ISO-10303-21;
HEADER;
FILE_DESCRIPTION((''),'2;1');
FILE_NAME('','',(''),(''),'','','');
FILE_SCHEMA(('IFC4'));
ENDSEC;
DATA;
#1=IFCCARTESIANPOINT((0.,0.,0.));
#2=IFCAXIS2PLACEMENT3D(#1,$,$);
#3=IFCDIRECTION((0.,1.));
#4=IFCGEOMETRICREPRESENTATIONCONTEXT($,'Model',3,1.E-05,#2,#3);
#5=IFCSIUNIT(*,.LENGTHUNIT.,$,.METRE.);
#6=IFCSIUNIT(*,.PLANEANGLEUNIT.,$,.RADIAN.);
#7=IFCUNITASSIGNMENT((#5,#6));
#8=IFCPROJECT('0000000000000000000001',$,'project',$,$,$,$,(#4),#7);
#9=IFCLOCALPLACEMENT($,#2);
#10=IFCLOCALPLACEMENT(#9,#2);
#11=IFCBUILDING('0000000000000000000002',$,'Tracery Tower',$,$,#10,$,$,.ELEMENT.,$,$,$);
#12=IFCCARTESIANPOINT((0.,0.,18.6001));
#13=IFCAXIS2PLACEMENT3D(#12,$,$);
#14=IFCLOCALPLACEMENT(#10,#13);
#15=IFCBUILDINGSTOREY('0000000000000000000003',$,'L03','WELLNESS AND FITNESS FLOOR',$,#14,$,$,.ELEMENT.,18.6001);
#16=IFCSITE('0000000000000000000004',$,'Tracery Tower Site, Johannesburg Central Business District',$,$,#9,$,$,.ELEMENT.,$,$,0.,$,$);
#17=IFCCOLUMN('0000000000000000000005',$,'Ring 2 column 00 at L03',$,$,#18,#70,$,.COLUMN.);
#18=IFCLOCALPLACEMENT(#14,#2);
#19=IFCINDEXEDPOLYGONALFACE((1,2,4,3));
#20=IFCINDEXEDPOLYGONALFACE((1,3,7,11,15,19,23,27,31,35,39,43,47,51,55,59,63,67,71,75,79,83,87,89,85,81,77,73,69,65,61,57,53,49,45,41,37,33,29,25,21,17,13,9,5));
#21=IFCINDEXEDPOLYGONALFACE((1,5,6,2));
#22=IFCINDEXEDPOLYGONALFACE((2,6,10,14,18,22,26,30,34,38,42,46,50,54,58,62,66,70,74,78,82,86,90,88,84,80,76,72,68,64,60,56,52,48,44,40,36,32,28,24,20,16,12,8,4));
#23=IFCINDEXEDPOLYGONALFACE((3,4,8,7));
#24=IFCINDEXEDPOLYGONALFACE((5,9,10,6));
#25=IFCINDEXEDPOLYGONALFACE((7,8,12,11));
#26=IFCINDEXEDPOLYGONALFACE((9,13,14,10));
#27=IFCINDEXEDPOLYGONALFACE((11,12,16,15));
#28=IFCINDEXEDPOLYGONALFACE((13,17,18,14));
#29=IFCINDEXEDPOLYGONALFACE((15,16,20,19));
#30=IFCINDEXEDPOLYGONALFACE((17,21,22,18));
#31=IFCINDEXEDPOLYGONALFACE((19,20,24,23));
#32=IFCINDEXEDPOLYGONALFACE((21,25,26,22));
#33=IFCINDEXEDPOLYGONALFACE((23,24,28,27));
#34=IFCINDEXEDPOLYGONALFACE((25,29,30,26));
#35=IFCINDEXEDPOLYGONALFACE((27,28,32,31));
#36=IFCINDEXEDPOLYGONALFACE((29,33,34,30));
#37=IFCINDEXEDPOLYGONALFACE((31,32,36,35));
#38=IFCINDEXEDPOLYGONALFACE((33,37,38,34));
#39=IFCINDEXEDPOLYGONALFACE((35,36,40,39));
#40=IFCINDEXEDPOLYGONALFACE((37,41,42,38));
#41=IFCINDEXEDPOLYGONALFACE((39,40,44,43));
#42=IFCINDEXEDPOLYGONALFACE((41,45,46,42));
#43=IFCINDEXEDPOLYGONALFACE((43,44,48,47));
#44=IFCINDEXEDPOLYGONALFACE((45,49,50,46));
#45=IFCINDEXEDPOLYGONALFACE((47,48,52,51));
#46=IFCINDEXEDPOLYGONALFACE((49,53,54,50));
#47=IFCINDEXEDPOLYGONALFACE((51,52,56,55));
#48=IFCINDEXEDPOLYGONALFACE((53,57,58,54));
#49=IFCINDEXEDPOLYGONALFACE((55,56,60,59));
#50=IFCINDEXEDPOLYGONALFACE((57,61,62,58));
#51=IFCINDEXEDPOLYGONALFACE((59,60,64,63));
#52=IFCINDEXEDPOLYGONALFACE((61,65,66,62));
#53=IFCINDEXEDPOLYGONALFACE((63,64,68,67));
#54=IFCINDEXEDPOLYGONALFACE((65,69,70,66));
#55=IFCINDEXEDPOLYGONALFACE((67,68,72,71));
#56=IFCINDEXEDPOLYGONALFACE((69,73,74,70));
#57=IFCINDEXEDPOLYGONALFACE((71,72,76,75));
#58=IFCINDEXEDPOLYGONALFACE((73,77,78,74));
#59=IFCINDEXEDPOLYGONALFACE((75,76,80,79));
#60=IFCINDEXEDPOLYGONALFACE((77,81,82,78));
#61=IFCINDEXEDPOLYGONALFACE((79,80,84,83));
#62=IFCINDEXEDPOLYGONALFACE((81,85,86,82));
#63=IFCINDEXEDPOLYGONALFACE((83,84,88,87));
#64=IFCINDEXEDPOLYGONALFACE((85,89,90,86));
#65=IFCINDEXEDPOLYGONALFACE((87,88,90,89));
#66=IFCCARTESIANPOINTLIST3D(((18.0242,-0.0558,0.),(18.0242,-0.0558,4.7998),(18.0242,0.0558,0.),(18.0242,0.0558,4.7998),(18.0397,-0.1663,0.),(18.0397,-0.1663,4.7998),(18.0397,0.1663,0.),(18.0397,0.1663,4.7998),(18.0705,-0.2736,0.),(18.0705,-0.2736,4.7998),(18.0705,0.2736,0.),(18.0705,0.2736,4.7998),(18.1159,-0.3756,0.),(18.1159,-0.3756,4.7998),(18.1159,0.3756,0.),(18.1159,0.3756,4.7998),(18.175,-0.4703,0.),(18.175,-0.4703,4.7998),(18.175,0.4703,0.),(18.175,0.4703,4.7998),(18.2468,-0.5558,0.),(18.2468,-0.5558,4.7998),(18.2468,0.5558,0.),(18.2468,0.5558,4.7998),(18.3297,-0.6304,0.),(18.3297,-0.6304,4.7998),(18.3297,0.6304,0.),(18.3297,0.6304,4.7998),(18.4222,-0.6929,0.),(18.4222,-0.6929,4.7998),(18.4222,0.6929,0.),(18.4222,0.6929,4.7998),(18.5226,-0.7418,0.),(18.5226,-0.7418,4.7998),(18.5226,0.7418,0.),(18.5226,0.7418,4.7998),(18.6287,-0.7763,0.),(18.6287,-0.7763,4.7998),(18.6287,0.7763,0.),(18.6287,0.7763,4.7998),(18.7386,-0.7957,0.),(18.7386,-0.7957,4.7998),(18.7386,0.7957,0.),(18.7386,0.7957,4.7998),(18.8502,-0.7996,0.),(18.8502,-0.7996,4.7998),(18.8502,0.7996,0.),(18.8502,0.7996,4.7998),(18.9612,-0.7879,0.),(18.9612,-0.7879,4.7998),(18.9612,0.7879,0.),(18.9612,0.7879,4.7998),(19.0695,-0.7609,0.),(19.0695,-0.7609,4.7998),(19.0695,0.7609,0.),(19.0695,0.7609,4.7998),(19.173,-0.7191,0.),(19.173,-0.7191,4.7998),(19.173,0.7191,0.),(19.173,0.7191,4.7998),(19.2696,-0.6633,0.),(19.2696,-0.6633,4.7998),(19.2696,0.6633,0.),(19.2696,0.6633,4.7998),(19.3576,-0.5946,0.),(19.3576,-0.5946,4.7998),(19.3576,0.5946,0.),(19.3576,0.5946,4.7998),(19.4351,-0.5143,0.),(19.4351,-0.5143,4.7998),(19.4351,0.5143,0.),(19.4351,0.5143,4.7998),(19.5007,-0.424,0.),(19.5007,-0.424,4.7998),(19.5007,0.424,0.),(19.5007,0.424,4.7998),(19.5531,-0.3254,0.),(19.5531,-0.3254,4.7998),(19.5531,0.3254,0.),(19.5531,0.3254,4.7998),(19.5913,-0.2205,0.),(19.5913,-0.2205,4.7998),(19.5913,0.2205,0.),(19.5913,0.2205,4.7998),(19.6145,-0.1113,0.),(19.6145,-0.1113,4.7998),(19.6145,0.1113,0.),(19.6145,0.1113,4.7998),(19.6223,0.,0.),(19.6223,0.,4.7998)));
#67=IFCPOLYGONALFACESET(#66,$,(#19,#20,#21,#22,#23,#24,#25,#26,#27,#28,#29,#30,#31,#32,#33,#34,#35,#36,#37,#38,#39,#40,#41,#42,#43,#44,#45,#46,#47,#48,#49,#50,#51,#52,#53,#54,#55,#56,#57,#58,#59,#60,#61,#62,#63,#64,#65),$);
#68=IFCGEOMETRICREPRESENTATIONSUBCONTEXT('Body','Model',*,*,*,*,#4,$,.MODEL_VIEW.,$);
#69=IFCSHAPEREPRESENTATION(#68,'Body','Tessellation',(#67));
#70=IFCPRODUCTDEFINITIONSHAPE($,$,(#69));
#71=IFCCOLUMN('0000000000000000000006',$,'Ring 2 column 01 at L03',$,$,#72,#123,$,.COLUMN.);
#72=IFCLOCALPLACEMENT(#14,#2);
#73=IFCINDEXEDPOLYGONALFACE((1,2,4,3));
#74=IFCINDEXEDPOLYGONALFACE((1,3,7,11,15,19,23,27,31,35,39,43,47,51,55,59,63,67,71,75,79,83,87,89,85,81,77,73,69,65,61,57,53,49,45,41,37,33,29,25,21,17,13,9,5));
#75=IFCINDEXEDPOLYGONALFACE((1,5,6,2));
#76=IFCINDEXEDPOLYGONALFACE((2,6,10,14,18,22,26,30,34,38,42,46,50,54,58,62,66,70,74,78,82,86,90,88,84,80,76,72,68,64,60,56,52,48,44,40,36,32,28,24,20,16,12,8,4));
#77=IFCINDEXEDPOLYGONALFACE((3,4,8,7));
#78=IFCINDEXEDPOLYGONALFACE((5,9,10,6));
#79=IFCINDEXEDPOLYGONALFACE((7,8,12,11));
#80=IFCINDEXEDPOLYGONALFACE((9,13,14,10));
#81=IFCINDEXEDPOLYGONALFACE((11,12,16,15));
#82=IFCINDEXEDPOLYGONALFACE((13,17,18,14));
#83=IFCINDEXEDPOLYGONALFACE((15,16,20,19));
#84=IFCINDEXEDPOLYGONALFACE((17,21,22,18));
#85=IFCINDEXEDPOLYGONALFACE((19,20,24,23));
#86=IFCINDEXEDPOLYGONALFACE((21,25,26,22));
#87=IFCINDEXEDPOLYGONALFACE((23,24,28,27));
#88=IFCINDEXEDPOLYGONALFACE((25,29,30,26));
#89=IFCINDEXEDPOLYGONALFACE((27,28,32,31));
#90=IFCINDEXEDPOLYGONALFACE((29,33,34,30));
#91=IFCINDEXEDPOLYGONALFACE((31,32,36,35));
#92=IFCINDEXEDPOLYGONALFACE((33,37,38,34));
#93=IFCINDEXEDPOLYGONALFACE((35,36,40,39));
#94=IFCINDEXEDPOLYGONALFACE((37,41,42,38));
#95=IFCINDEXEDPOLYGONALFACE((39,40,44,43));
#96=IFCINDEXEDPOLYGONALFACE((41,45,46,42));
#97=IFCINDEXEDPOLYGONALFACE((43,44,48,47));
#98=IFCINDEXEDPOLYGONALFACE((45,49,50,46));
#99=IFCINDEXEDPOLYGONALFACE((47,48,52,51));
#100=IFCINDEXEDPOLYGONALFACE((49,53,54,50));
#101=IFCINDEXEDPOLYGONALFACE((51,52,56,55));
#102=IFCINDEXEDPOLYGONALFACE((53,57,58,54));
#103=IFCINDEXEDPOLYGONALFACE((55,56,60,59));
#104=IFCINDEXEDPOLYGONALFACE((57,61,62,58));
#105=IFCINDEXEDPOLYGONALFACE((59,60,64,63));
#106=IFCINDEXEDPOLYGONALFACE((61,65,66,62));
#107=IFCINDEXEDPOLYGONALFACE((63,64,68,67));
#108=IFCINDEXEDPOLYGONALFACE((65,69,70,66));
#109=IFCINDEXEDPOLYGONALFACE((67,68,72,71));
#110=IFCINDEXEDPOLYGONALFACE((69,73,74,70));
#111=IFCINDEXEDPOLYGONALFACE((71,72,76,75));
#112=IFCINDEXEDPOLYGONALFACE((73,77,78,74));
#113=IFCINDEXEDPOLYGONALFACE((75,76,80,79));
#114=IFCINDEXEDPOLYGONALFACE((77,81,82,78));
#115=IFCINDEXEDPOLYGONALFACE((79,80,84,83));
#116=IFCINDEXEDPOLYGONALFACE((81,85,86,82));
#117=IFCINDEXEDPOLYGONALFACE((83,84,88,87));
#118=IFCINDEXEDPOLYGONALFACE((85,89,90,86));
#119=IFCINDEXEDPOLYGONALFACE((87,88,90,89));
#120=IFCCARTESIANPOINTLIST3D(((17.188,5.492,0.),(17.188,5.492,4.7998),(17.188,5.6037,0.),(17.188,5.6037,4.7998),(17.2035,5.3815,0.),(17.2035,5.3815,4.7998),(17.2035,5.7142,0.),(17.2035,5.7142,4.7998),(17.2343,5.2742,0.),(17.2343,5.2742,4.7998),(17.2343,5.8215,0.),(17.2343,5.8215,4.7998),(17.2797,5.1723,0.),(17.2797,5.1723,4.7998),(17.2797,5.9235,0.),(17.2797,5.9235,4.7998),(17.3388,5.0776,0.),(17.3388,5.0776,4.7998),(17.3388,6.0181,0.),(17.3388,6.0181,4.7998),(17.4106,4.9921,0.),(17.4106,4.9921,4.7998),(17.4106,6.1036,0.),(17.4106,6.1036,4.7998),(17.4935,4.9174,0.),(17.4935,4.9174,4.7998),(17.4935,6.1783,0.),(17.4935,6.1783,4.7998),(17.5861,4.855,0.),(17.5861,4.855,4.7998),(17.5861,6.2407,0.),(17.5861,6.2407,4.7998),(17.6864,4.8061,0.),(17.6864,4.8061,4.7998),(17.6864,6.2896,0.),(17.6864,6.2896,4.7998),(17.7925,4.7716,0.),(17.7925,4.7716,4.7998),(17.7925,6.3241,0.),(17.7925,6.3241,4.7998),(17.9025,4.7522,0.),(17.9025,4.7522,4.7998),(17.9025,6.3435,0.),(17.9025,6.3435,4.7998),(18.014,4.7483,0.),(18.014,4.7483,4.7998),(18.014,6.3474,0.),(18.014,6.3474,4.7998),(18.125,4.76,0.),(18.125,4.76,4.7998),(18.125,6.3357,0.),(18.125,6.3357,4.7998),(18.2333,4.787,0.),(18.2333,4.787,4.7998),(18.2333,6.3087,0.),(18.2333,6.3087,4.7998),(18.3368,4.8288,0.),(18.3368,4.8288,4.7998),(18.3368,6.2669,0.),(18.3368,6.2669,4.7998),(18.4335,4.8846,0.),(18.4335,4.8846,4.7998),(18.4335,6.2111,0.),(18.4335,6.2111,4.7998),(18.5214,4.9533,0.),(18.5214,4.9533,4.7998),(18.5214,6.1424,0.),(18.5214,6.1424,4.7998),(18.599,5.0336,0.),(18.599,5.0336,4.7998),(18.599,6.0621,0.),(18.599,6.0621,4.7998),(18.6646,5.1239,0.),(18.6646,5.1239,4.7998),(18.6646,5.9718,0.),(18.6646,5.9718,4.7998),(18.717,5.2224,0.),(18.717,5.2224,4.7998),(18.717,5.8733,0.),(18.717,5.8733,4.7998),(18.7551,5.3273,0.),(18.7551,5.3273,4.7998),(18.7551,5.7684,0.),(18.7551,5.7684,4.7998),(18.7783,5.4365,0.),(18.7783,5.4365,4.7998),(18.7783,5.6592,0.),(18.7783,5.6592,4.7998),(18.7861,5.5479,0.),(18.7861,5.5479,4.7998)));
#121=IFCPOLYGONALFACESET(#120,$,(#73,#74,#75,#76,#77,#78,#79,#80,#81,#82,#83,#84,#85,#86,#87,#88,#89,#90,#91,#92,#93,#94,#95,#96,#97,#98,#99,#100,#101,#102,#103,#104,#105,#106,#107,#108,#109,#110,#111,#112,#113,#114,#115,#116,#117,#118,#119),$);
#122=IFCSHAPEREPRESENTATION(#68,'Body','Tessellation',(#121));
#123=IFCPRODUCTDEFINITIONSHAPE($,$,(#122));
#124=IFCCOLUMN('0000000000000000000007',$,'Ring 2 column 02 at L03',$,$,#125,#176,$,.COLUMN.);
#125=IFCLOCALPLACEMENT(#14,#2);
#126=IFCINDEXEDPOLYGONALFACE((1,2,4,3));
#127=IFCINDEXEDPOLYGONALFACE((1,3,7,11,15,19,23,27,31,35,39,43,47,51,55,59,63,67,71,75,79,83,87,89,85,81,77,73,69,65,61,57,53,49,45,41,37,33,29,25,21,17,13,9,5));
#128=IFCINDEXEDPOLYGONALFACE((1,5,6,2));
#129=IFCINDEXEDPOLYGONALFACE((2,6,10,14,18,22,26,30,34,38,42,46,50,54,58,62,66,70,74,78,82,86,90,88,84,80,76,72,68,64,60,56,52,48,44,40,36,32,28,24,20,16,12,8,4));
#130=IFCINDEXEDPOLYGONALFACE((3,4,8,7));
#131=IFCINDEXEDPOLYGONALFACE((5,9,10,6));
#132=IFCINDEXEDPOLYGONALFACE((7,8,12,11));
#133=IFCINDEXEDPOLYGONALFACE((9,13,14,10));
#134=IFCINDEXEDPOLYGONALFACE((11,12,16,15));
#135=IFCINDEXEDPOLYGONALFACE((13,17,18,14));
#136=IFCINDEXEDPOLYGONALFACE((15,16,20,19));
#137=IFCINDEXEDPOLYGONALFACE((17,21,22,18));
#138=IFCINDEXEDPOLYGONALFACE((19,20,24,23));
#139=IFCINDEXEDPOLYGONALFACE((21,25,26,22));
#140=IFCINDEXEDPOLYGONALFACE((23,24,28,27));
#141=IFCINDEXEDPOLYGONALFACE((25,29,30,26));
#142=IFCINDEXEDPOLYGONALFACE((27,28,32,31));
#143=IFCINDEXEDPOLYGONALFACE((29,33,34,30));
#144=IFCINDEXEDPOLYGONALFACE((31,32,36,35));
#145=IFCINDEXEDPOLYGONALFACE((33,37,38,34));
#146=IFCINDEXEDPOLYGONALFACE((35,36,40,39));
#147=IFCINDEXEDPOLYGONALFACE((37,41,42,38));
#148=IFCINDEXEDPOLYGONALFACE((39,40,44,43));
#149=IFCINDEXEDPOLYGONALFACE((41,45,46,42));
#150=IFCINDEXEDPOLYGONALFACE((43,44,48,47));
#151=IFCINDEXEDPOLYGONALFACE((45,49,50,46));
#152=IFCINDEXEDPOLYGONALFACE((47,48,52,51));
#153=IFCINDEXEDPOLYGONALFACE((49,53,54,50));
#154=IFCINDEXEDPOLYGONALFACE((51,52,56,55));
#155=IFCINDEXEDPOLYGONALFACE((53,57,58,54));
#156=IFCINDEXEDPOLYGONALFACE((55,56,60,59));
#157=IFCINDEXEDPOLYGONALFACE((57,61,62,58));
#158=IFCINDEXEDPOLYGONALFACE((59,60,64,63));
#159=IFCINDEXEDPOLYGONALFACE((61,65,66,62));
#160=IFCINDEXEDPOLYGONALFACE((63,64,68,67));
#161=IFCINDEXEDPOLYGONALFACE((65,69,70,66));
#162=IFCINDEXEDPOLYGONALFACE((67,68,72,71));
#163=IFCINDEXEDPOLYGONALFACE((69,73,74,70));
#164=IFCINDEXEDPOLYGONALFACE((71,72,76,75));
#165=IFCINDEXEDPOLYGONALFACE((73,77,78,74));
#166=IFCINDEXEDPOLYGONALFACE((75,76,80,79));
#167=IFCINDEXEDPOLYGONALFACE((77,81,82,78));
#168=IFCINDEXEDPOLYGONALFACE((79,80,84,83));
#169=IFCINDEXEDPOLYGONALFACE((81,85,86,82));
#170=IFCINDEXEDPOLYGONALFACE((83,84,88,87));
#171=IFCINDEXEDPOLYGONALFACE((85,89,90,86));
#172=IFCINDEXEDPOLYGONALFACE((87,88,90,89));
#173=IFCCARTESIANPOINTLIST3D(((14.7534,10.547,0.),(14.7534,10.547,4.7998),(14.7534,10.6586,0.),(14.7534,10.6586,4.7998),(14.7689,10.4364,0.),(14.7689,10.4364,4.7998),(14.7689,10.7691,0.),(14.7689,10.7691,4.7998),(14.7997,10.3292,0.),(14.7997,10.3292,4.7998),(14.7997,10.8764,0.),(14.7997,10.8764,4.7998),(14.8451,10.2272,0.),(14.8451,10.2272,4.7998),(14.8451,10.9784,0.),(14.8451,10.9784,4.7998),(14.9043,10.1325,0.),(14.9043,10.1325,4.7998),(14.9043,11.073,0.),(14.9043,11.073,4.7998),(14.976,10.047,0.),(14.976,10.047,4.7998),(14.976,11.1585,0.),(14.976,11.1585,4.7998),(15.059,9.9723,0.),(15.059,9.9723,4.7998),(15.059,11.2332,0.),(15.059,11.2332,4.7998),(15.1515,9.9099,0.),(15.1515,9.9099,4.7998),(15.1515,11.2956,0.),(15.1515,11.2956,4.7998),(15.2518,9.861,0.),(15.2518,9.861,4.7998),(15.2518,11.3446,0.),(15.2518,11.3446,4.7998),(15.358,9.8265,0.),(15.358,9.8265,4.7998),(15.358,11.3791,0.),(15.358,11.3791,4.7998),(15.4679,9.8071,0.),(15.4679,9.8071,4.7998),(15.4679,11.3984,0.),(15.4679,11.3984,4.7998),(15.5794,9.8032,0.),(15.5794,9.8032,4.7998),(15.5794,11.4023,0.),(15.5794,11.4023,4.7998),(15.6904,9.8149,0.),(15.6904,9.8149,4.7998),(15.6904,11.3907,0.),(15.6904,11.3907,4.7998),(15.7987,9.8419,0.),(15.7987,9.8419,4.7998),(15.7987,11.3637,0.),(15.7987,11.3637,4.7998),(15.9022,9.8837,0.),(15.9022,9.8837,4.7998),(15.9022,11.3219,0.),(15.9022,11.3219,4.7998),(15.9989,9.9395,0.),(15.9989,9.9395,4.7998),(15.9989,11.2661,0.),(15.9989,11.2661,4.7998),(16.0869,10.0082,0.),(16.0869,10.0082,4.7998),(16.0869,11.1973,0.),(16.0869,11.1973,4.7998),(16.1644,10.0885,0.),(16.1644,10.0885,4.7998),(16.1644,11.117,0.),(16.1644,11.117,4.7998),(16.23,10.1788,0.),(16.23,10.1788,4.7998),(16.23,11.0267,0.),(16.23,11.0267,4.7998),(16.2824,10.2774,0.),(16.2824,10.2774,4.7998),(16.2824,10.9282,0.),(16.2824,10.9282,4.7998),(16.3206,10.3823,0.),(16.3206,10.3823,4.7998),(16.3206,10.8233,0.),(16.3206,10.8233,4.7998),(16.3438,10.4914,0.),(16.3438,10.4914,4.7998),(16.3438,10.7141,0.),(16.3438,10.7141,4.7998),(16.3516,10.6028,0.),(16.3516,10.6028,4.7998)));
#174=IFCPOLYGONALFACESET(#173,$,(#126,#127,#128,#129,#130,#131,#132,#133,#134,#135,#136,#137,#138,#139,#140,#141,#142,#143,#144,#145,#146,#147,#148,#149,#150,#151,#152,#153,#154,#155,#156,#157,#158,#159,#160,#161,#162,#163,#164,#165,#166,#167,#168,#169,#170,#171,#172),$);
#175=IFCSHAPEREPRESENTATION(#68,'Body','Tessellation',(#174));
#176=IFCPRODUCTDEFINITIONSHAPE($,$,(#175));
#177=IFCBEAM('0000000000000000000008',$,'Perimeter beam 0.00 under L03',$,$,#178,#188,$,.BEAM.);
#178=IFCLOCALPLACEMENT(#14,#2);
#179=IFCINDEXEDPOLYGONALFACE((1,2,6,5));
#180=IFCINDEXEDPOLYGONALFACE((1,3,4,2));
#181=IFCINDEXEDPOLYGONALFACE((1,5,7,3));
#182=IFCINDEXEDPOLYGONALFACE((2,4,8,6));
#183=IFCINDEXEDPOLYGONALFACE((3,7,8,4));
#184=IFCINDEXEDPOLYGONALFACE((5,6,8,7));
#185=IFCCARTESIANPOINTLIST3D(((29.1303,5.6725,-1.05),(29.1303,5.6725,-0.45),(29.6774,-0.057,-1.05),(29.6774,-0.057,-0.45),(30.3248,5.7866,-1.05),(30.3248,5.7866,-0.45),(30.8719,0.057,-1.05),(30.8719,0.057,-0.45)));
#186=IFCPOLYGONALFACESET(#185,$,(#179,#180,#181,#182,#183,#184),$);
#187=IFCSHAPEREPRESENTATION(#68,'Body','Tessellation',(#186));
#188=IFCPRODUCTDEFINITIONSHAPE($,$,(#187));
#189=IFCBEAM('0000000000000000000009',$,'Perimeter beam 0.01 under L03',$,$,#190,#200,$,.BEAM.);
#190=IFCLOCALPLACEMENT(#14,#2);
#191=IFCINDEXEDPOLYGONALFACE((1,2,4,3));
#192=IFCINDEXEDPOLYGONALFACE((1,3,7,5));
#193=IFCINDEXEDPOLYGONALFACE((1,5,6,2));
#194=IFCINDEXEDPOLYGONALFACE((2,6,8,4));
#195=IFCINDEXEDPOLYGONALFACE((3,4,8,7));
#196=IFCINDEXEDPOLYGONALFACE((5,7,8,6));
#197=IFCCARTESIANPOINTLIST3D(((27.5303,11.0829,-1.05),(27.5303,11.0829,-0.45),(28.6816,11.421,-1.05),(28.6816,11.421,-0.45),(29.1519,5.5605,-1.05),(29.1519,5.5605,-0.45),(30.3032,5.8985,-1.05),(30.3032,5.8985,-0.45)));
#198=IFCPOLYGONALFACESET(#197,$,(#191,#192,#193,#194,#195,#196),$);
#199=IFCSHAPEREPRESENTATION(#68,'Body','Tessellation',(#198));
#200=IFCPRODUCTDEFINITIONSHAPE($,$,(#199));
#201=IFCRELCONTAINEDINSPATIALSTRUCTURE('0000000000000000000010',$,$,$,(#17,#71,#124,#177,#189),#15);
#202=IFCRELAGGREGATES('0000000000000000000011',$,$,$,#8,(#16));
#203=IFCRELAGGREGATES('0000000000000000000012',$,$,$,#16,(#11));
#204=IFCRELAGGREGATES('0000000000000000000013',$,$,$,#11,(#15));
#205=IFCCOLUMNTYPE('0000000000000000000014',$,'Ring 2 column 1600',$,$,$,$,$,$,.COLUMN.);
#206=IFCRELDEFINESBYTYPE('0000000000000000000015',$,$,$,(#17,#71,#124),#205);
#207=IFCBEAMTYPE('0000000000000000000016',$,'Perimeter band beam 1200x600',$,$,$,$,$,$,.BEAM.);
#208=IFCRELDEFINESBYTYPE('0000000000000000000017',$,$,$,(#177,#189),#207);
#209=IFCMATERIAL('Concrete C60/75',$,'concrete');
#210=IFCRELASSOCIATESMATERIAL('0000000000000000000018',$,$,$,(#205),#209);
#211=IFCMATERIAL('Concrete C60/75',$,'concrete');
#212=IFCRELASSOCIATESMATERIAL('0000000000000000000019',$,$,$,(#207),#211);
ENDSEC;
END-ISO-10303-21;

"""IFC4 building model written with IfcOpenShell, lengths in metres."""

from ifc_helpers import new_model, si_unit, direction, frame, origin, origin_2d, place, context, subcontext, project, spatial, rectangle, circle, extrude, material, material_profile, profile_set, type_object, element, save


model = new_model("IFC4")

# Units and contexts
model_context = context("Model", 3, precision=1e-05, world=origin(), true_north=direction((0.0, 1.0)))
body_context = subcontext(model_context, "Body", "Model", "MODEL_VIEW")
ifc_project = project(units=[si_unit("LENGTHUNIT", "METRE"), si_unit("PLANEANGLEUNIT", "RADIAN")], contexts=[model_context])

# Site, building, storey
site_placement = place(None, origin())
site = spatial("IfcSite", under=ifc_project, at=site_placement, Name="Tracery Tower Site, Johannesburg Central Business District", CompositionType="ELEMENT", RefElevation=0.0)
building_placement = place(site_placement, origin())
building = spatial("IfcBuilding", under=site, at=building_placement, Name="Tracery Tower", CompositionType="ELEMENT")
storey_placement = place(building_placement, frame((0.0, 0.0, 18.6001)))
storey = spatial("IfcBuildingStorey", under=building, at=storey_placement, Name="L03", Description="WELLNESS AND FITNESS FLOOR", CompositionType="ELEMENT", Elevation=18.6001)

# Columns
ifc_material_1 = material(Name="Concrete C60/75", Category="concrete")
ifc_material_profile_1 = material_profile(ifc_material_1, circle(Radius=0.8, at=origin_2d()), Name="RC D1600")
ifc_profile_set_1 = profile_set([ifc_material_profile_1], Name="Concrete C60/75")
column_type_1 = type_object("IfcColumnType", Name="Ring 2 column 1600", PredefinedType="COLUMN", material=ifc_profile_set_1)
for number, where, z_axis, x_axis, name in (
    (1, (18.8223, 0.0, 0.0), (0.0, 0.0, 1.0), (1.0, 0.0, 0.0), "Ring 2 column 00 at L03"),
    (2, (17.9861, 5.5479, 0.0), (0.0, 0.0, 1.0), (1.0, 0.0, 0.0), "Ring 2 column 01 at L03"),
    (3, (15.5515, 10.6028, 0.0), (0.0, 0.0, 1.0), (1.0, 0.0, 0.0), "Ring 2 column 02 at L03"),
):
    element("IfcColumn", number, at=place(storey_placement, frame(where, z_axis=z_axis, x_axis=x_axis)), inside=storey, type_object=column_type_1, Name=name, PredefinedType="COLUMN", context=body_context, shape_type="SweptSolid", body=[
        extrude(circle(Radius=0.8, at=origin_2d()), origin(), (0.0, 0.0, 1.0), 4.7998),
    ])

# Beams
ifc_material_2 = material(Name="Concrete C60/75", Category="concrete")
ifc_material_profile_2 = material_profile(ifc_material_2, rectangle(XDim=1.2, YDim=0.6001, at=origin_2d()), Name="RC 1200x600")
ifc_profile_set_2 = profile_set([ifc_material_profile_2], Name="Concrete C60/75")
beam_type = type_object("IfcBeamType", Name="Perimeter band beam 1200x600", PredefinedType="BEAM", material=ifc_profile_set_2)
for number, where, z_axis, x_axis, name in (
    (4, (30.2747, 0.0, -0.75), (-0.095059, 0.995472, 0.0), (-0.995472, -0.095059, 0.0), "Perimeter beam 0.00 under L03"),
    (5, (29.7275, 5.7295, -0.75), (-0.281739, 0.959491, 0.0), (-0.959491, -0.281739, 0.0), "Perimeter beam 0.01 under L03"),
):
    element("IfcBeam", number, at=place(storey_placement, frame(where, z_axis=z_axis, x_axis=x_axis)), inside=storey, type_object=beam_type, Name=name, PredefinedType="BEAM", context=body_context, shape_type="SweptSolid", body=[
        extrude(rectangle(XDim=1.2, YDim=0.6001, at=origin_2d()), origin(), (0.0, 0.0, 1.0), 5.7556),
    ])

save(model, "model.ifc")
